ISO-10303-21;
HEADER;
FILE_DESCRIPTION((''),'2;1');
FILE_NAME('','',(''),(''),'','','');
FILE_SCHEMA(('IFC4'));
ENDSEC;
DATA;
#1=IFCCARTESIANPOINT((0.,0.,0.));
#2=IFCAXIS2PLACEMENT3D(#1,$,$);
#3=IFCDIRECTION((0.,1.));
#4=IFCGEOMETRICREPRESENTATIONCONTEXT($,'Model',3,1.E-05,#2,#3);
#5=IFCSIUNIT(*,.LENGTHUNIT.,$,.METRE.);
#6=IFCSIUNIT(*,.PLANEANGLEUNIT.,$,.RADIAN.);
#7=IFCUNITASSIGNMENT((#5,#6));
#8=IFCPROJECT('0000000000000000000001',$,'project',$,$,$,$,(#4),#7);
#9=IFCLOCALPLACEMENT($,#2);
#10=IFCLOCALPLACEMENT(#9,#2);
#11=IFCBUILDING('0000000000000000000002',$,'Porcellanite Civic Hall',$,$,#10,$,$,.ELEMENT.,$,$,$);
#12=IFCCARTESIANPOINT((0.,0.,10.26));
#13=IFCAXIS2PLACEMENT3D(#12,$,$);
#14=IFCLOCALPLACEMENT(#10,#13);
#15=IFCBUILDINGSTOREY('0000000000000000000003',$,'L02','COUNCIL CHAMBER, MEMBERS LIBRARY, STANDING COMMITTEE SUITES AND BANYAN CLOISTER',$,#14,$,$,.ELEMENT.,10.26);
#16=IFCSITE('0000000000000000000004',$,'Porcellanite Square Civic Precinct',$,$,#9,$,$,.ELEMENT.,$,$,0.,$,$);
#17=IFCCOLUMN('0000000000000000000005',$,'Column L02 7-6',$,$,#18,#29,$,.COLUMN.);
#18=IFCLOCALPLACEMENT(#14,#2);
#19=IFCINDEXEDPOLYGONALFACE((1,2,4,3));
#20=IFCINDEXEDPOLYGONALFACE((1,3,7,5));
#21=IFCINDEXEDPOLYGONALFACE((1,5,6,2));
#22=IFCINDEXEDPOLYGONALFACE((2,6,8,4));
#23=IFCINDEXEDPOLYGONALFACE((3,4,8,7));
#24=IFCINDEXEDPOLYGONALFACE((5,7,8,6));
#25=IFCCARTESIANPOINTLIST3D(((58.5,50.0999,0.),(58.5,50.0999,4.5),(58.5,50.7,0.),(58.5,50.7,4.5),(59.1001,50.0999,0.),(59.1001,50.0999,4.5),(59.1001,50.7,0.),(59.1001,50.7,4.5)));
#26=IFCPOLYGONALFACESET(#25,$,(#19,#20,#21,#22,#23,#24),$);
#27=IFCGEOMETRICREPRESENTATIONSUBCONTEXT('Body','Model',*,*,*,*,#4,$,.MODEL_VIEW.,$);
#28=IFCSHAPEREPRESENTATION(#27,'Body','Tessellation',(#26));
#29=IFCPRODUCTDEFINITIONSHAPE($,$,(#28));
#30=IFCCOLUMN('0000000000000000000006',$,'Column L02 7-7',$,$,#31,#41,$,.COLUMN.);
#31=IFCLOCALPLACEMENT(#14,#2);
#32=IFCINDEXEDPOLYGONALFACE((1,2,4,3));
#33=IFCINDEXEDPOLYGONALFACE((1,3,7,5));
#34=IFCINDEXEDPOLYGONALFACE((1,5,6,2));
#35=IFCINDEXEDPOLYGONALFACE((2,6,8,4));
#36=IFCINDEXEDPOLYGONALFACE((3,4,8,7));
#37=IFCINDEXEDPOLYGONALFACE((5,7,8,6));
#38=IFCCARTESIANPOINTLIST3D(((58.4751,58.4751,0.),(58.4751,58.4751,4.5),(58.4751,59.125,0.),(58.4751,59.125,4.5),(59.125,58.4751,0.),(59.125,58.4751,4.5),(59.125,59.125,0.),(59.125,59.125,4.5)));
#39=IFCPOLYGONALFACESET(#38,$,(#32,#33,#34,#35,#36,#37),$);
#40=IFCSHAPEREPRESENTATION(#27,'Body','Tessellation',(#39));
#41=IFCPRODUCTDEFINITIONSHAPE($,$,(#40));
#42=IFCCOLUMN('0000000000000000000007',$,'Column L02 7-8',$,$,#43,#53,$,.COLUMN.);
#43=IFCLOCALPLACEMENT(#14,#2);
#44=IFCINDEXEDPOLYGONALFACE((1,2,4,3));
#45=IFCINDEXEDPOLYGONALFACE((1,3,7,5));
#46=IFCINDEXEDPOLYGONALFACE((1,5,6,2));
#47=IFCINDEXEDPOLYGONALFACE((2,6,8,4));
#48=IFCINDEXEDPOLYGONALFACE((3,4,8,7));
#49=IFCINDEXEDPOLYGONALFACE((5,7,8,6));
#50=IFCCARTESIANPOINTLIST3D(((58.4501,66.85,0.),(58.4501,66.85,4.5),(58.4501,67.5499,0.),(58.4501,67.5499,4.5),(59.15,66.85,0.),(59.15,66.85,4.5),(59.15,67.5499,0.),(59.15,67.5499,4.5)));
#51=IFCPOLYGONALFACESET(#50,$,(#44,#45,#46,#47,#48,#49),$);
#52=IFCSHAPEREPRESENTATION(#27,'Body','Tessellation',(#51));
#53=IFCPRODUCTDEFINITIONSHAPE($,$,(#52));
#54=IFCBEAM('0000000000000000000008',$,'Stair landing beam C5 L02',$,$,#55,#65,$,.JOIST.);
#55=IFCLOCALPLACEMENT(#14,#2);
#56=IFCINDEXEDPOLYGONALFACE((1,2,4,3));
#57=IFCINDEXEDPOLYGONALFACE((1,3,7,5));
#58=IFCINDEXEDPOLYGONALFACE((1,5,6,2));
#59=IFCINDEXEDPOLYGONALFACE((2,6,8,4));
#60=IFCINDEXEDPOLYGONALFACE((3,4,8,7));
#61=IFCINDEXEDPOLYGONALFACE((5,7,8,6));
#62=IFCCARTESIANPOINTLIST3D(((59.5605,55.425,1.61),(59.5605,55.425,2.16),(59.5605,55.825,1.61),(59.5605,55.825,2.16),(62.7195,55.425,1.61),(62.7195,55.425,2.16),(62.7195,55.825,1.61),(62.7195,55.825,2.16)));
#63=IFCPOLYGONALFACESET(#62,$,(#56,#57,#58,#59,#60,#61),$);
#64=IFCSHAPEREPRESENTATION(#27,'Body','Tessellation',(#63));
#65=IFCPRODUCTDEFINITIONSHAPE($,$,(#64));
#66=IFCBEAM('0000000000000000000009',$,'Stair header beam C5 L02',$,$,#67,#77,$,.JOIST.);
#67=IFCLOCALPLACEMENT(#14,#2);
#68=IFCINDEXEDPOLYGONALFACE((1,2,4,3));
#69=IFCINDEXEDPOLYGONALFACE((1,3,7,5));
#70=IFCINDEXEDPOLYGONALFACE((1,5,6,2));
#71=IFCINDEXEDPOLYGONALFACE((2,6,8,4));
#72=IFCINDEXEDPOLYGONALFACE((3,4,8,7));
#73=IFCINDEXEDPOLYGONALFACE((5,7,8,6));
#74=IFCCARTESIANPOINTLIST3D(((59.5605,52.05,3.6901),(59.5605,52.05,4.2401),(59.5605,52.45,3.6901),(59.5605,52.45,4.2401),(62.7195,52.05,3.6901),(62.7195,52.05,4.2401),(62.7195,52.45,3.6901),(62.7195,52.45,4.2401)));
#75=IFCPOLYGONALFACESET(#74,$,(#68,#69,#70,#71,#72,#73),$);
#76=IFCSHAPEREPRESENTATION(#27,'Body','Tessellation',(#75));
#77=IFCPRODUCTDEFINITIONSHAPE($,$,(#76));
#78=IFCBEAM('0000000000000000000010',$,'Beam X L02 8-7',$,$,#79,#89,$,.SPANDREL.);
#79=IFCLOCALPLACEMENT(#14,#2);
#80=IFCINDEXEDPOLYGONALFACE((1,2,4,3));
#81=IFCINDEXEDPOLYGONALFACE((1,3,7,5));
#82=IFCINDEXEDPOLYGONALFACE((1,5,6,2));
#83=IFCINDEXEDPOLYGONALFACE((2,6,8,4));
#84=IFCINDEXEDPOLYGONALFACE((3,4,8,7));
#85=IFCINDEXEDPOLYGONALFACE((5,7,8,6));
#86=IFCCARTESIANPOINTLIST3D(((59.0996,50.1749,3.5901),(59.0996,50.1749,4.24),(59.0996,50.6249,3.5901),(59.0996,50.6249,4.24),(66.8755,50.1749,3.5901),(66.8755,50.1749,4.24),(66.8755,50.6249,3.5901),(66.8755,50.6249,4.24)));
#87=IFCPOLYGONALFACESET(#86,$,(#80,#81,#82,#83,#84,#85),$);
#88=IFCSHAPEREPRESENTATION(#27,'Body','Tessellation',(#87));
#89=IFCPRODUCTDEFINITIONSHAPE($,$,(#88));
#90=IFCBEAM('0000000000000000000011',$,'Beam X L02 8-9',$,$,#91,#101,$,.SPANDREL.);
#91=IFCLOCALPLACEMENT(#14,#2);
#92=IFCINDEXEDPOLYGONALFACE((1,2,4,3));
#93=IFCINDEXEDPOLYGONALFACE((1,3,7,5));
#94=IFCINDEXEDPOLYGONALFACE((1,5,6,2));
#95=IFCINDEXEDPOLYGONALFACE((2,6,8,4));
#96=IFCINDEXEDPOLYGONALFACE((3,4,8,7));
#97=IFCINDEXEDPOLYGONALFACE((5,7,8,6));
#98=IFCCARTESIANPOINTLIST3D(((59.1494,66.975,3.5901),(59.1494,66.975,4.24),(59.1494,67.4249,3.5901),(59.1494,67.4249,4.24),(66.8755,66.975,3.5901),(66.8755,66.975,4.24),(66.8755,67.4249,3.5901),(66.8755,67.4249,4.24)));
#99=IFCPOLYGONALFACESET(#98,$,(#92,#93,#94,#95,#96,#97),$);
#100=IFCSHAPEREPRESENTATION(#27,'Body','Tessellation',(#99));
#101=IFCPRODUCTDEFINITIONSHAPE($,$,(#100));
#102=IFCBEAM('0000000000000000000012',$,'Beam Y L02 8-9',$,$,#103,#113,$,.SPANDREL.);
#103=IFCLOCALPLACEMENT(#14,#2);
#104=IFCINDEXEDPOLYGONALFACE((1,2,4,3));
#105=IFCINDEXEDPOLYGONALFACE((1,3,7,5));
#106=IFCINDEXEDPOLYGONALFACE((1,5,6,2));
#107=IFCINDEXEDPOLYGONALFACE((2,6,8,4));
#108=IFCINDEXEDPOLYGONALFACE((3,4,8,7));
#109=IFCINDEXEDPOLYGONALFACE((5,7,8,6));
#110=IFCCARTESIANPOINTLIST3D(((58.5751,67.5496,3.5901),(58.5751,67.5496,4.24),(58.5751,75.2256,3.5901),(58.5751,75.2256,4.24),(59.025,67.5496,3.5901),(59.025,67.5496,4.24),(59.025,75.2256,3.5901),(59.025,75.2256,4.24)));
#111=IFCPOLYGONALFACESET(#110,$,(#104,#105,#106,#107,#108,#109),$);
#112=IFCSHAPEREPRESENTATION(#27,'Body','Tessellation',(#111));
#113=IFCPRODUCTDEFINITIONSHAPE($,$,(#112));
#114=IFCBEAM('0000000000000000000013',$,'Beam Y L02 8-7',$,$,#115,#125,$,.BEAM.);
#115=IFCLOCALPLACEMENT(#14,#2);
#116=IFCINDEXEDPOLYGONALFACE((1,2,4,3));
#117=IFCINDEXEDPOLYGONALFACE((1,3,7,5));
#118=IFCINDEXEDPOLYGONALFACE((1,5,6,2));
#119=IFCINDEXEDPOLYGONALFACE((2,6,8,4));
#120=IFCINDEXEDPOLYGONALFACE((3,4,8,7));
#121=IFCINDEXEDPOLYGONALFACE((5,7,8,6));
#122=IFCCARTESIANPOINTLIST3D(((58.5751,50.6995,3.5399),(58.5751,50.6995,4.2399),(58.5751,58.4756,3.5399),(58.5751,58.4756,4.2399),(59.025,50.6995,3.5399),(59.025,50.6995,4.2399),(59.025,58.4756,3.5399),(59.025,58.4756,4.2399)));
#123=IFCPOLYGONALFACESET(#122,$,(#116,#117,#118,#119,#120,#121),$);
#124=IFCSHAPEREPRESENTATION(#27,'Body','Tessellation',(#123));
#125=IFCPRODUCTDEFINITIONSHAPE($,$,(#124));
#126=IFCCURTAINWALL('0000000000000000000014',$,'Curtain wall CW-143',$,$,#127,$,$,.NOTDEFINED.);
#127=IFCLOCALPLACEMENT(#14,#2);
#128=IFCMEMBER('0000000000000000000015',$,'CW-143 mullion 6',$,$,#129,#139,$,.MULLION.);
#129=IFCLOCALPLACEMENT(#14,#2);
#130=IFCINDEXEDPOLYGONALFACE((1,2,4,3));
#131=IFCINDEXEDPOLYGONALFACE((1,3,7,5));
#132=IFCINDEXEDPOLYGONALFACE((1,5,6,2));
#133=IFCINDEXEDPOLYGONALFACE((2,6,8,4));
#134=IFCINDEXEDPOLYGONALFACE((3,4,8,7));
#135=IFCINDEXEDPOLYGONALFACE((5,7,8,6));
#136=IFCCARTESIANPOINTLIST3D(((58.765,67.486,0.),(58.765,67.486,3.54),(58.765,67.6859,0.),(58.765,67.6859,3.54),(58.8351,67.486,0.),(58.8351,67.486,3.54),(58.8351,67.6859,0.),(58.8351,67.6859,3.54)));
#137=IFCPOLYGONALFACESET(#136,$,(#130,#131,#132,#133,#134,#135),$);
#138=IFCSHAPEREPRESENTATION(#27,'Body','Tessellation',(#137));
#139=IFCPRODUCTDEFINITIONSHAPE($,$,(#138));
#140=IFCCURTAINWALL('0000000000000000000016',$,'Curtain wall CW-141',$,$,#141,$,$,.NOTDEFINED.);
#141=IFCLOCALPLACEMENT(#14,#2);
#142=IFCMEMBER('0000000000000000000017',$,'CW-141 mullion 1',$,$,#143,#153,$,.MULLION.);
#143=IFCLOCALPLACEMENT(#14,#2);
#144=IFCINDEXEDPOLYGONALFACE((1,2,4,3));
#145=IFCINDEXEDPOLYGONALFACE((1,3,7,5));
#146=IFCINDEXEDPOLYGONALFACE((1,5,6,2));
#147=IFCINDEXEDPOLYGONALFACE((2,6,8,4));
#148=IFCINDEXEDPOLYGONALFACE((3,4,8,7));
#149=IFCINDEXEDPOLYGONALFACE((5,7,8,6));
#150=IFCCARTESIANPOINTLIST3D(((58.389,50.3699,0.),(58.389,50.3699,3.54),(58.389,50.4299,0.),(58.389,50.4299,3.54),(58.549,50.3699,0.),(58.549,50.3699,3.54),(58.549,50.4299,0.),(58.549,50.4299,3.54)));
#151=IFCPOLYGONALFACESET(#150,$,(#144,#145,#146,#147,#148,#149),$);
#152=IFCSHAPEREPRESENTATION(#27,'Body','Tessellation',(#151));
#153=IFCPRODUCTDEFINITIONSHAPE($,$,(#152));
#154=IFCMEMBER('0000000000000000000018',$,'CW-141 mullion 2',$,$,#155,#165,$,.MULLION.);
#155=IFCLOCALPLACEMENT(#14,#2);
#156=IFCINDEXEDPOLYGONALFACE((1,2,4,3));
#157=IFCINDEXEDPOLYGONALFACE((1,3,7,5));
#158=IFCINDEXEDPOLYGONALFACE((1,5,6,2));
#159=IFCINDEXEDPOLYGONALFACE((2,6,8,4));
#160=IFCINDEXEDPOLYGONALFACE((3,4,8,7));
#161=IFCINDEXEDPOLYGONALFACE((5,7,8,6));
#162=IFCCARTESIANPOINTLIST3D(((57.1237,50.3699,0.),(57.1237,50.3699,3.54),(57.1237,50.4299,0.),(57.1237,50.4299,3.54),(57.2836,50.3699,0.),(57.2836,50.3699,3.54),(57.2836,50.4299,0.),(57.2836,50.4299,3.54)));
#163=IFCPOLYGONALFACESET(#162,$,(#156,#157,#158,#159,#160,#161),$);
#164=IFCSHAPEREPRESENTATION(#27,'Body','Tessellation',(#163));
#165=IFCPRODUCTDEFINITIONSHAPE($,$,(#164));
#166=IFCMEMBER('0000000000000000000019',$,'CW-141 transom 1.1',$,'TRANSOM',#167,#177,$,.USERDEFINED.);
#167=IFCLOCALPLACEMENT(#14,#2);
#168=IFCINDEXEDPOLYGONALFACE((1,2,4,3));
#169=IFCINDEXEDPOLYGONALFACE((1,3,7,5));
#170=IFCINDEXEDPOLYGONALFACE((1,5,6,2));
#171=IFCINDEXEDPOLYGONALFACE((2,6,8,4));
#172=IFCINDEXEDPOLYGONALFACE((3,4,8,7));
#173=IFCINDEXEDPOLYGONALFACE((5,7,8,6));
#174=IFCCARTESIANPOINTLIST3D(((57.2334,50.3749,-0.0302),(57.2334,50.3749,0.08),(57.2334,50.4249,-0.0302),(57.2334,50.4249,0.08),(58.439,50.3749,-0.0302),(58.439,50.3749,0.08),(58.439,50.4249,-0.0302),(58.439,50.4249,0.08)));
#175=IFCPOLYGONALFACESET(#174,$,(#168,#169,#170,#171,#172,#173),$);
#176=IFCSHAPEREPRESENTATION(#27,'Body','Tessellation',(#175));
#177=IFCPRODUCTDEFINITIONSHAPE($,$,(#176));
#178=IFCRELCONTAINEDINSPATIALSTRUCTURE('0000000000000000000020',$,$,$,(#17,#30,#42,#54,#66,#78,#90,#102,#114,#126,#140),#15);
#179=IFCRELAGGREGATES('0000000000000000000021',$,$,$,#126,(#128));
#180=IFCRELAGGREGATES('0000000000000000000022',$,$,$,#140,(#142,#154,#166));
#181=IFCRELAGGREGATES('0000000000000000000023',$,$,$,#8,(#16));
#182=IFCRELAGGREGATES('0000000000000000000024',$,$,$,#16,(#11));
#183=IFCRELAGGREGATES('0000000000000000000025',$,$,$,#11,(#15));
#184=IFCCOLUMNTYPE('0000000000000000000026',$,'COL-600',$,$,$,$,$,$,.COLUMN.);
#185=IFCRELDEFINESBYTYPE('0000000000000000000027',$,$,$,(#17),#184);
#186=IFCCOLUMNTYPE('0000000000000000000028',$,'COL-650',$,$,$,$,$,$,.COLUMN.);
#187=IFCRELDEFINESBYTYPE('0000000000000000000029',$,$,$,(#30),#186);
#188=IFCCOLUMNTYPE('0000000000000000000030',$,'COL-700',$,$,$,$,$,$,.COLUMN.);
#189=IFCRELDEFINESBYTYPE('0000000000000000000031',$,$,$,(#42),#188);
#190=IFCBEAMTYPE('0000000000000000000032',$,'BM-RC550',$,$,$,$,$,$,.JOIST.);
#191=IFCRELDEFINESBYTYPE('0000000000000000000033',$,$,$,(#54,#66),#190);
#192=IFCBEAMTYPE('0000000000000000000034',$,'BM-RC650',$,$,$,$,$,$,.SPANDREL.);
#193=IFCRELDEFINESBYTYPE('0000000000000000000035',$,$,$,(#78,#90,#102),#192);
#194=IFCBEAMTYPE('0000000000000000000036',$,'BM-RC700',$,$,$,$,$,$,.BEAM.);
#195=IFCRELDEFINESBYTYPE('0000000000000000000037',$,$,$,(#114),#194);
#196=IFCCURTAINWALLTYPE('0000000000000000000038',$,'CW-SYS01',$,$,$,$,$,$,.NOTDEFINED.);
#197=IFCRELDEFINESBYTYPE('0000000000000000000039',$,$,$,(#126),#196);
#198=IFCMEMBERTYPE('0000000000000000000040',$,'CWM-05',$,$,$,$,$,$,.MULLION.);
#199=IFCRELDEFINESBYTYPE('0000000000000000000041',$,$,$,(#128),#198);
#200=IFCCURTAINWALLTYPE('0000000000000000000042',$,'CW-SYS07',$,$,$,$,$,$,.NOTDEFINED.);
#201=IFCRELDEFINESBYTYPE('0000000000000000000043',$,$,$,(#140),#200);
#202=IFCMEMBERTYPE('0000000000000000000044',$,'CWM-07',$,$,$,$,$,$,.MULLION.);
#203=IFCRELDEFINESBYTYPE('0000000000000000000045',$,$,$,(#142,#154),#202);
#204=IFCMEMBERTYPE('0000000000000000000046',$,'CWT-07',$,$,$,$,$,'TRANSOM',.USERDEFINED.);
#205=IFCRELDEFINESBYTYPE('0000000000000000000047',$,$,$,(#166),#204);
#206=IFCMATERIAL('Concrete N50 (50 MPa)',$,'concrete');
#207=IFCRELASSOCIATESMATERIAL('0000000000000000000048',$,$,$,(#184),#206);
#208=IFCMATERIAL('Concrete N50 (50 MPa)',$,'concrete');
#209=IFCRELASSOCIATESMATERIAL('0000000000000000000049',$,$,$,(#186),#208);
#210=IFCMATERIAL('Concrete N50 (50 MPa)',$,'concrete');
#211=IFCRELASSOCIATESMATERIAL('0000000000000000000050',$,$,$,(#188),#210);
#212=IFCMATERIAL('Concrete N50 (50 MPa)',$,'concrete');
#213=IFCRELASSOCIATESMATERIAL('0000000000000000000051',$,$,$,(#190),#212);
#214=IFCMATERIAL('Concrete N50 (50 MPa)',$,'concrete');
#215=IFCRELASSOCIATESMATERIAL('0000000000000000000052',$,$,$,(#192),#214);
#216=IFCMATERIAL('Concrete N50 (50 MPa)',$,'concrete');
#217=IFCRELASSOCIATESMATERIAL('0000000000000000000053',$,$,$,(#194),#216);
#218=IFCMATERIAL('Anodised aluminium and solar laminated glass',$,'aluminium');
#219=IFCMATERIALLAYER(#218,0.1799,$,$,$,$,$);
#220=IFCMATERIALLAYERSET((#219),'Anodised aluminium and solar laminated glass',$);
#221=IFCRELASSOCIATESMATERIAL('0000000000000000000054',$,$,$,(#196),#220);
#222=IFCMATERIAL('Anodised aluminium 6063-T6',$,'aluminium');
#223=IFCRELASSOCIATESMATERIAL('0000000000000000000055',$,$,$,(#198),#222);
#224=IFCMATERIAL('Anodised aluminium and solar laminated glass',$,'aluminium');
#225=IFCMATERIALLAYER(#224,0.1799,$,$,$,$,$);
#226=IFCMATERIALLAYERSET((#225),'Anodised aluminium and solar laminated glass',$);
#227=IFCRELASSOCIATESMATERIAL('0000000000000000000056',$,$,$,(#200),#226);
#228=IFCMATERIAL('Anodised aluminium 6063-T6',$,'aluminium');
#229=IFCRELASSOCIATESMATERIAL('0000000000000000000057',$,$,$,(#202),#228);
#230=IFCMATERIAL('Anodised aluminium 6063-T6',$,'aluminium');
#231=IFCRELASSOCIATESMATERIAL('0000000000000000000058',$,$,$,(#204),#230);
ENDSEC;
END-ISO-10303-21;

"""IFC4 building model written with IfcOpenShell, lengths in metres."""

from ifc_helpers import new_model, si_unit, direction, frame, origin, origin_2d, place, context, subcontext, project, spatial, rectangle, extrude, material, layer, layer_set, material_profile, profile_set, type_object, element, aggregate, save


model = new_model("IFC4")

# Units and contexts
model_context = context("Model", 3, precision=1e-05, world=origin(), true_north=direction((0.0, 1.0)))
body_context = subcontext(model_context, "Body", "Model", "MODEL_VIEW")
ifc_project = project(units=[si_unit("LENGTHUNIT", "METRE"), si_unit("PLANEANGLEUNIT", "RADIAN")], contexts=[model_context])

# Site, building, storey
site_placement = place(None, origin())
site = spatial("IfcSite", under=ifc_project, at=site_placement, Name="Porcellanite Square Civic Precinct", CompositionType="ELEMENT", RefElevation=0.0)
building_placement = place(site_placement, origin())
building = spatial("IfcBuilding", under=site, at=building_placement, Name="Porcellanite Civic Hall", CompositionType="ELEMENT")
storey_placement = place(building_placement, frame((0.0, 0.0, 10.26)))
storey = spatial("IfcBuildingStorey", under=building, at=storey_placement, Name="L02", Description="COUNCIL CHAMBER, MEMBERS LIBRARY, STANDING COMMITTEE SUITES AND BANYAN CLOISTER", CompositionType="ELEMENT", Elevation=10.26)

# Columns
ifc_material_1 = material(Name="Concrete N50 (50 MPa)", Category="concrete")
ifc_material_profile_1 = material_profile(ifc_material_1, rectangle(XDim=0.6001, YDim=0.6001, at=origin_2d()), Name="RC-600x600")
ifc_profile_set_1 = profile_set([ifc_material_profile_1], Name="Concrete N50 (50 MPa)")
column_type_1 = type_object("IfcColumnType", Name="COL-600", PredefinedType="COLUMN", material=ifc_profile_set_1)
column_1_placement = place(storey_placement, frame((58.8, 50.3999, 0.0), z_axis=(0.0, 0.0, 1.0), x_axis=(1.0, 0.0, 0.0)))
element("IfcColumn", 1, at=column_1_placement, inside=storey, type_object=column_type_1, Name="Column L02 7-6", PredefinedType="COLUMN", context=body_context, shape_type="SweptSolid", body=[
    extrude(rectangle(XDim=0.6001, YDim=0.6001, at=origin_2d()), origin(), (0.0, 0.0, 1.0), 4.5),
])
ifc_material_2 = material(Name="Concrete N50 (50 MPa)", Category="concrete")
ifc_material_profile_2 = material_profile(ifc_material_2, rectangle(XDim=0.6499, YDim=0.6499, at=origin_2d()), Name="RC-650x650")
ifc_profile_set_2 = profile_set([ifc_material_profile_2], Name="Concrete N50 (50 MPa)")
column_type_2 = type_object("IfcColumnType", Name="COL-650", PredefinedType="COLUMN", material=ifc_profile_set_2)
column_2_placement = place(storey_placement, frame((58.8, 58.8, 0.0), z_axis=(0.0, 0.0, 1.0), x_axis=(1.0, 0.0, 0.0)))
element("IfcColumn", 2, at=column_2_placement, inside=storey, type_object=column_type_2, Name="Column L02 7-7", PredefinedType="COLUMN", context=body_context, shape_type="SweptSolid", body=[
    extrude(rectangle(XDim=0.6499, YDim=0.6499, at=origin_2d()), origin(), (0.0, 0.0, 1.0), 4.5),
])
ifc_material_3 = material(Name="Concrete N50 (50 MPa)", Category="concrete")
ifc_material_profile_3 = material_profile(ifc_material_3, rectangle(XDim=0.7, YDim=0.7, at=origin_2d()), Name="RC-700x700")
ifc_profile_set_3 = profile_set([ifc_material_profile_3], Name="Concrete N50 (50 MPa)")
column_type_3 = type_object("IfcColumnType", Name="COL-700", PredefinedType="COLUMN", material=ifc_profile_set_3)
column_3_placement = place(storey_placement, frame((58.8, 67.2, 0.0), z_axis=(0.0, 0.0, 1.0), x_axis=(1.0, 0.0, 0.0)))
element("IfcColumn", 3, at=column_3_placement, inside=storey, type_object=column_type_3, Name="Column L02 7-8", PredefinedType="COLUMN", context=body_context, shape_type="SweptSolid", body=[
    extrude(rectangle(XDim=0.7, YDim=0.7, at=origin_2d()), origin(), (0.0, 0.0, 1.0), 4.5),
])

# Beams
ifc_material_4 = material(Name="Concrete N50 (50 MPa)", Category="concrete")
ifc_material_profile_4 = material_profile(ifc_material_4, rectangle(XDim=0.3999, YDim=0.55, at=origin_2d()), Name="RC-400x550")
ifc_profile_set_4 = profile_set([ifc_material_profile_4], Name="Concrete N50 (50 MPa)")
beam_type_1 = type_object("IfcBeamType", Name="BM-RC550", PredefinedType="JOIST", material=ifc_profile_set_4)
for number, where, z_axis, x_axis, name in (
    (4, (59.5605, 55.625, 1.885), (1.0, 0.0, 0.0), (0.0, 1.0, 0.0), "Stair landing beam C5 L02"),
    (5, (59.5605, 52.25, 3.9651), (1.0, 0.0, 0.0), (0.0, 1.0, 0.0), "Stair header beam C5 L02"),
):
    element("IfcBeam", number, at=place(storey_placement, frame(where, z_axis=z_axis, x_axis=x_axis)), inside=storey, type_object=beam_type_1, Name=name, PredefinedType="JOIST", context=body_context, shape_type="SweptSolid", body=[
        extrude(rectangle(XDim=0.3999, YDim=0.55, at=origin_2d()), origin(), (0.0, 0.0, 1.0), 3.1589),
    ])
ifc_material_5 = material(Name="Concrete N50 (50 MPa)", Category="concrete")
ifc_material_profile_5 = material_profile(ifc_material_5, rectangle(XDim=0.45, YDim=0.6499, at=origin_2d()), Name="RC-450x650")
ifc_profile_set_5 = profile_set([ifc_material_profile_5], Name="Concrete N50 (50 MPa)")
beam_type_2 = type_object("IfcBeamType", Name="BM-RC650", PredefinedType="SPANDREL", material=ifc_profile_set_5)
beam_1_placement = place(storey_placement, frame((59.0996, 50.3999, 3.915), z_axis=(1.0, 0.0, 0.0), x_axis=(0.0, 1.0, 0.0)))
element("IfcBeam", 6, at=beam_1_placement, inside=storey, type_object=beam_type_2, Name="Beam X L02 8-7", PredefinedType="SPANDREL", context=body_context, shape_type="SweptSolid", body=[
    extrude(rectangle(XDim=0.45, YDim=0.6499, at=origin_2d()), origin(), (0.0, 0.0, 1.0), 7.7759),
])
beam_2_placement = place(storey_placement, frame((59.1494, 67.2, 3.915), z_axis=(1.0, 0.0, 0.0), x_axis=(0.0, 1.0, 0.0)))
element("IfcBeam", 7, at=beam_2_placement, inside=storey, type_object=beam_type_2, Name="Beam X L02 8-9", PredefinedType="SPANDREL", context=body_context, shape_type="SweptSolid", body=[
    extrude(rectangle(XDim=0.45, YDim=0.6499, at=origin_2d()), origin(), (0.0, 0.0, 1.0), 7.7261),
])
beam_3_placement = place(storey_placement, frame((58.8, 67.5496, 3.915), z_axis=(0.0, 1.0, 0.0), x_axis=(-1.0, 0.0, 0.0)))
element("IfcBeam", 8, at=beam_3_placement, inside=storey, type_object=beam_type_2, Name="Beam Y L02 8-9", PredefinedType="SPANDREL", context=body_context, shape_type="SweptSolid", body=[
    extrude(rectangle(XDim=0.45, YDim=0.6499, at=origin_2d()), origin(), (0.0, 0.0, 1.0), 7.676),
])
ifc_material_6 = material(Name="Concrete N50 (50 MPa)", Category="concrete")
ifc_material_profile_6 = material_profile(ifc_material_6, rectangle(XDim=0.45, YDim=0.7, at=origin_2d()), Name="RC-450x700")
ifc_profile_set_6 = profile_set([ifc_material_profile_6], Name="Concrete N50 (50 MPa)")
beam_type_3 = type_object("IfcBeamType", Name="BM-RC700", PredefinedType="BEAM", material=ifc_profile_set_6)
beam_4_placement = place(storey_placement, frame((58.8, 50.6995, 3.8899), z_axis=(0.0, 1.0, 0.0), x_axis=(-1.0, 0.0, 0.0)))
element("IfcBeam", 9, at=beam_4_placement, inside=storey, type_object=beam_type_3, Name="Beam Y L02 8-7", PredefinedType="BEAM", context=body_context, shape_type="SweptSolid", body=[
    extrude(rectangle(XDim=0.45, YDim=0.7, at=origin_2d()), origin(), (0.0, 0.0, 1.0), 7.7761),
])

# Curtain wall, member
ifc_material_7 = material(Name="Anodised aluminium and solar laminated glass", Category="aluminium")
ifc_layer_1 = layer(ifc_material_7, 0.1799)
ifc_layer_set_1 = layer_set([ifc_layer_1], Name="Anodised aluminium and solar laminated glass")
curtain_wall_type_1 = type_object("IfcCurtainWallType", Name="CW-SYS01", PredefinedType="NOTDEFINED", material=ifc_layer_set_1)
curtain_wall_1_placement = place(storey_placement, origin())
curtain_wall_1 = element("IfcCurtainWall", 10, at=curtain_wall_1_placement, inside=storey, type_object=curtain_wall_type_1, Name="Curtain wall CW-143", PredefinedType="NOTDEFINED")
ifc_material_8 = material(Name="Anodised aluminium 6063-T6", Category="aluminium")
ifc_material_profile_7 = material_profile(ifc_material_8, rectangle(XDim=0.0701, YDim=0.2, at=origin_2d()), Name="AL-70x200")
ifc_profile_set_7 = profile_set([ifc_material_profile_7], Name="Anodised aluminium 6063-T6")
member_type_1 = type_object("IfcMemberType", Name="CWM-05", PredefinedType="MULLION", material=ifc_profile_set_7)
member_1_placement = place(storey_placement, frame((58.8, 67.5859, 0.0), z_axis=(0.0, 0.0, 1.0), x_axis=(1.0, 0.0, 0.0)))
member_1 = element("IfcMember", 11, at=member_1_placement, type_object=member_type_1, Name="CW-143 mullion 6", PredefinedType="MULLION", context=body_context, shape_type="SweptSolid", body=[
    extrude(rectangle(XDim=0.0701, YDim=0.2, at=origin_2d()), origin(), (0.0, 0.0, 1.0), 3.54),
])
aggregate(curtain_wall_1, [member_1])

# Curtain wall, members
ifc_material_9 = material(Name="Anodised aluminium and solar laminated glass", Category="aluminium")
ifc_layer_2 = layer(ifc_material_9, 0.1799)
ifc_layer_set_2 = layer_set([ifc_layer_2], Name="Anodised aluminium and solar laminated glass")
curtain_wall_type_2 = type_object("IfcCurtainWallType", Name="CW-SYS07", PredefinedType="NOTDEFINED", material=ifc_layer_set_2)
curtain_wall_2_placement = place(storey_placement, origin())
curtain_wall_2 = element("IfcCurtainWall", 12, at=curtain_wall_2_placement, inside=storey, type_object=curtain_wall_type_2, Name="Curtain wall CW-141", PredefinedType="NOTDEFINED")
ifc_material_10 = material(Name="Anodised aluminium 6063-T6", Category="aluminium")
ifc_material_profile_8 = material_profile(ifc_material_10, rectangle(XDim=0.0601, YDim=0.1599, at=origin_2d()), Name="AL-60x160")
ifc_profile_set_8 = profile_set([ifc_material_profile_8], Name="Anodised aluminium 6063-T6")
member_type_2 = type_object("IfcMemberType", Name="CWM-07", PredefinedType="MULLION", material=ifc_profile_set_8)
member_2_placement = place(storey_placement, frame((58.469, 50.3999, 0.0), z_axis=(0.0, 0.0, 1.0), x_axis=(0.0, -1.0, 0.0)))
member_2 = element("IfcMember", 13, at=member_2_placement, type_object=member_type_2, Name="CW-141 mullion 1", PredefinedType="MULLION", context=body_context, shape_type="SweptSolid", body=[
    extrude(rectangle(XDim=0.0601, YDim=0.1599, at=origin_2d()), origin(), (0.0, 0.0, 1.0), 3.54),
])
member_3_placement = place(storey_placement, frame((57.2036, 50.3999, 0.0), z_axis=(0.0, 0.0, 1.0), x_axis=(0.0, -1.0, 0.0)))
member_3 = element("IfcMember", 14, at=member_3_placement, type_object=member_type_2, Name="CW-141 mullion 2", PredefinedType="MULLION", context=body_context, shape_type="SweptSolid", body=[
    extrude(rectangle(XDim=0.0601, YDim=0.1599, at=origin_2d()), origin(), (0.0, 0.0, 1.0), 3.54),
])
ifc_material_11 = material(Name="Anodised aluminium 6063-T6", Category="aluminium")
ifc_material_profile_9 = material_profile(ifc_material_11, rectangle(XDim=0.05, YDim=0.1101, at=origin_2d()), Name="AL-50x110")
ifc_profile_set_9 = profile_set([ifc_material_profile_9], Name="Anodised aluminium 6063-T6")
member_type_3 = type_object("IfcMemberType", Name="CWT-07", ElementType="TRANSOM", PredefinedType="USERDEFINED", material=ifc_profile_set_9)
member_4_placement = place(storey_placement, frame((58.439, 50.3999, 0.0249), z_axis=(-1.0, 0.0, 0.0), x_axis=(0.0, -1.0, 0.0)))
member_4 = element("IfcMember", 15, at=member_4_placement, type_object=member_type_3, Name="CW-141 transom 1.1", ObjectType="TRANSOM", PredefinedType="USERDEFINED", context=body_context, shape_type="SweptSolid", body=[
    extrude(rectangle(XDim=0.05, YDim=0.1101, at=origin_2d()), origin(), (0.0, 0.0, 1.0), 1.2056),
])

aggregate(curtain_wall_2, [member_2, member_3, member_4])

save(model, "model.ifc")
